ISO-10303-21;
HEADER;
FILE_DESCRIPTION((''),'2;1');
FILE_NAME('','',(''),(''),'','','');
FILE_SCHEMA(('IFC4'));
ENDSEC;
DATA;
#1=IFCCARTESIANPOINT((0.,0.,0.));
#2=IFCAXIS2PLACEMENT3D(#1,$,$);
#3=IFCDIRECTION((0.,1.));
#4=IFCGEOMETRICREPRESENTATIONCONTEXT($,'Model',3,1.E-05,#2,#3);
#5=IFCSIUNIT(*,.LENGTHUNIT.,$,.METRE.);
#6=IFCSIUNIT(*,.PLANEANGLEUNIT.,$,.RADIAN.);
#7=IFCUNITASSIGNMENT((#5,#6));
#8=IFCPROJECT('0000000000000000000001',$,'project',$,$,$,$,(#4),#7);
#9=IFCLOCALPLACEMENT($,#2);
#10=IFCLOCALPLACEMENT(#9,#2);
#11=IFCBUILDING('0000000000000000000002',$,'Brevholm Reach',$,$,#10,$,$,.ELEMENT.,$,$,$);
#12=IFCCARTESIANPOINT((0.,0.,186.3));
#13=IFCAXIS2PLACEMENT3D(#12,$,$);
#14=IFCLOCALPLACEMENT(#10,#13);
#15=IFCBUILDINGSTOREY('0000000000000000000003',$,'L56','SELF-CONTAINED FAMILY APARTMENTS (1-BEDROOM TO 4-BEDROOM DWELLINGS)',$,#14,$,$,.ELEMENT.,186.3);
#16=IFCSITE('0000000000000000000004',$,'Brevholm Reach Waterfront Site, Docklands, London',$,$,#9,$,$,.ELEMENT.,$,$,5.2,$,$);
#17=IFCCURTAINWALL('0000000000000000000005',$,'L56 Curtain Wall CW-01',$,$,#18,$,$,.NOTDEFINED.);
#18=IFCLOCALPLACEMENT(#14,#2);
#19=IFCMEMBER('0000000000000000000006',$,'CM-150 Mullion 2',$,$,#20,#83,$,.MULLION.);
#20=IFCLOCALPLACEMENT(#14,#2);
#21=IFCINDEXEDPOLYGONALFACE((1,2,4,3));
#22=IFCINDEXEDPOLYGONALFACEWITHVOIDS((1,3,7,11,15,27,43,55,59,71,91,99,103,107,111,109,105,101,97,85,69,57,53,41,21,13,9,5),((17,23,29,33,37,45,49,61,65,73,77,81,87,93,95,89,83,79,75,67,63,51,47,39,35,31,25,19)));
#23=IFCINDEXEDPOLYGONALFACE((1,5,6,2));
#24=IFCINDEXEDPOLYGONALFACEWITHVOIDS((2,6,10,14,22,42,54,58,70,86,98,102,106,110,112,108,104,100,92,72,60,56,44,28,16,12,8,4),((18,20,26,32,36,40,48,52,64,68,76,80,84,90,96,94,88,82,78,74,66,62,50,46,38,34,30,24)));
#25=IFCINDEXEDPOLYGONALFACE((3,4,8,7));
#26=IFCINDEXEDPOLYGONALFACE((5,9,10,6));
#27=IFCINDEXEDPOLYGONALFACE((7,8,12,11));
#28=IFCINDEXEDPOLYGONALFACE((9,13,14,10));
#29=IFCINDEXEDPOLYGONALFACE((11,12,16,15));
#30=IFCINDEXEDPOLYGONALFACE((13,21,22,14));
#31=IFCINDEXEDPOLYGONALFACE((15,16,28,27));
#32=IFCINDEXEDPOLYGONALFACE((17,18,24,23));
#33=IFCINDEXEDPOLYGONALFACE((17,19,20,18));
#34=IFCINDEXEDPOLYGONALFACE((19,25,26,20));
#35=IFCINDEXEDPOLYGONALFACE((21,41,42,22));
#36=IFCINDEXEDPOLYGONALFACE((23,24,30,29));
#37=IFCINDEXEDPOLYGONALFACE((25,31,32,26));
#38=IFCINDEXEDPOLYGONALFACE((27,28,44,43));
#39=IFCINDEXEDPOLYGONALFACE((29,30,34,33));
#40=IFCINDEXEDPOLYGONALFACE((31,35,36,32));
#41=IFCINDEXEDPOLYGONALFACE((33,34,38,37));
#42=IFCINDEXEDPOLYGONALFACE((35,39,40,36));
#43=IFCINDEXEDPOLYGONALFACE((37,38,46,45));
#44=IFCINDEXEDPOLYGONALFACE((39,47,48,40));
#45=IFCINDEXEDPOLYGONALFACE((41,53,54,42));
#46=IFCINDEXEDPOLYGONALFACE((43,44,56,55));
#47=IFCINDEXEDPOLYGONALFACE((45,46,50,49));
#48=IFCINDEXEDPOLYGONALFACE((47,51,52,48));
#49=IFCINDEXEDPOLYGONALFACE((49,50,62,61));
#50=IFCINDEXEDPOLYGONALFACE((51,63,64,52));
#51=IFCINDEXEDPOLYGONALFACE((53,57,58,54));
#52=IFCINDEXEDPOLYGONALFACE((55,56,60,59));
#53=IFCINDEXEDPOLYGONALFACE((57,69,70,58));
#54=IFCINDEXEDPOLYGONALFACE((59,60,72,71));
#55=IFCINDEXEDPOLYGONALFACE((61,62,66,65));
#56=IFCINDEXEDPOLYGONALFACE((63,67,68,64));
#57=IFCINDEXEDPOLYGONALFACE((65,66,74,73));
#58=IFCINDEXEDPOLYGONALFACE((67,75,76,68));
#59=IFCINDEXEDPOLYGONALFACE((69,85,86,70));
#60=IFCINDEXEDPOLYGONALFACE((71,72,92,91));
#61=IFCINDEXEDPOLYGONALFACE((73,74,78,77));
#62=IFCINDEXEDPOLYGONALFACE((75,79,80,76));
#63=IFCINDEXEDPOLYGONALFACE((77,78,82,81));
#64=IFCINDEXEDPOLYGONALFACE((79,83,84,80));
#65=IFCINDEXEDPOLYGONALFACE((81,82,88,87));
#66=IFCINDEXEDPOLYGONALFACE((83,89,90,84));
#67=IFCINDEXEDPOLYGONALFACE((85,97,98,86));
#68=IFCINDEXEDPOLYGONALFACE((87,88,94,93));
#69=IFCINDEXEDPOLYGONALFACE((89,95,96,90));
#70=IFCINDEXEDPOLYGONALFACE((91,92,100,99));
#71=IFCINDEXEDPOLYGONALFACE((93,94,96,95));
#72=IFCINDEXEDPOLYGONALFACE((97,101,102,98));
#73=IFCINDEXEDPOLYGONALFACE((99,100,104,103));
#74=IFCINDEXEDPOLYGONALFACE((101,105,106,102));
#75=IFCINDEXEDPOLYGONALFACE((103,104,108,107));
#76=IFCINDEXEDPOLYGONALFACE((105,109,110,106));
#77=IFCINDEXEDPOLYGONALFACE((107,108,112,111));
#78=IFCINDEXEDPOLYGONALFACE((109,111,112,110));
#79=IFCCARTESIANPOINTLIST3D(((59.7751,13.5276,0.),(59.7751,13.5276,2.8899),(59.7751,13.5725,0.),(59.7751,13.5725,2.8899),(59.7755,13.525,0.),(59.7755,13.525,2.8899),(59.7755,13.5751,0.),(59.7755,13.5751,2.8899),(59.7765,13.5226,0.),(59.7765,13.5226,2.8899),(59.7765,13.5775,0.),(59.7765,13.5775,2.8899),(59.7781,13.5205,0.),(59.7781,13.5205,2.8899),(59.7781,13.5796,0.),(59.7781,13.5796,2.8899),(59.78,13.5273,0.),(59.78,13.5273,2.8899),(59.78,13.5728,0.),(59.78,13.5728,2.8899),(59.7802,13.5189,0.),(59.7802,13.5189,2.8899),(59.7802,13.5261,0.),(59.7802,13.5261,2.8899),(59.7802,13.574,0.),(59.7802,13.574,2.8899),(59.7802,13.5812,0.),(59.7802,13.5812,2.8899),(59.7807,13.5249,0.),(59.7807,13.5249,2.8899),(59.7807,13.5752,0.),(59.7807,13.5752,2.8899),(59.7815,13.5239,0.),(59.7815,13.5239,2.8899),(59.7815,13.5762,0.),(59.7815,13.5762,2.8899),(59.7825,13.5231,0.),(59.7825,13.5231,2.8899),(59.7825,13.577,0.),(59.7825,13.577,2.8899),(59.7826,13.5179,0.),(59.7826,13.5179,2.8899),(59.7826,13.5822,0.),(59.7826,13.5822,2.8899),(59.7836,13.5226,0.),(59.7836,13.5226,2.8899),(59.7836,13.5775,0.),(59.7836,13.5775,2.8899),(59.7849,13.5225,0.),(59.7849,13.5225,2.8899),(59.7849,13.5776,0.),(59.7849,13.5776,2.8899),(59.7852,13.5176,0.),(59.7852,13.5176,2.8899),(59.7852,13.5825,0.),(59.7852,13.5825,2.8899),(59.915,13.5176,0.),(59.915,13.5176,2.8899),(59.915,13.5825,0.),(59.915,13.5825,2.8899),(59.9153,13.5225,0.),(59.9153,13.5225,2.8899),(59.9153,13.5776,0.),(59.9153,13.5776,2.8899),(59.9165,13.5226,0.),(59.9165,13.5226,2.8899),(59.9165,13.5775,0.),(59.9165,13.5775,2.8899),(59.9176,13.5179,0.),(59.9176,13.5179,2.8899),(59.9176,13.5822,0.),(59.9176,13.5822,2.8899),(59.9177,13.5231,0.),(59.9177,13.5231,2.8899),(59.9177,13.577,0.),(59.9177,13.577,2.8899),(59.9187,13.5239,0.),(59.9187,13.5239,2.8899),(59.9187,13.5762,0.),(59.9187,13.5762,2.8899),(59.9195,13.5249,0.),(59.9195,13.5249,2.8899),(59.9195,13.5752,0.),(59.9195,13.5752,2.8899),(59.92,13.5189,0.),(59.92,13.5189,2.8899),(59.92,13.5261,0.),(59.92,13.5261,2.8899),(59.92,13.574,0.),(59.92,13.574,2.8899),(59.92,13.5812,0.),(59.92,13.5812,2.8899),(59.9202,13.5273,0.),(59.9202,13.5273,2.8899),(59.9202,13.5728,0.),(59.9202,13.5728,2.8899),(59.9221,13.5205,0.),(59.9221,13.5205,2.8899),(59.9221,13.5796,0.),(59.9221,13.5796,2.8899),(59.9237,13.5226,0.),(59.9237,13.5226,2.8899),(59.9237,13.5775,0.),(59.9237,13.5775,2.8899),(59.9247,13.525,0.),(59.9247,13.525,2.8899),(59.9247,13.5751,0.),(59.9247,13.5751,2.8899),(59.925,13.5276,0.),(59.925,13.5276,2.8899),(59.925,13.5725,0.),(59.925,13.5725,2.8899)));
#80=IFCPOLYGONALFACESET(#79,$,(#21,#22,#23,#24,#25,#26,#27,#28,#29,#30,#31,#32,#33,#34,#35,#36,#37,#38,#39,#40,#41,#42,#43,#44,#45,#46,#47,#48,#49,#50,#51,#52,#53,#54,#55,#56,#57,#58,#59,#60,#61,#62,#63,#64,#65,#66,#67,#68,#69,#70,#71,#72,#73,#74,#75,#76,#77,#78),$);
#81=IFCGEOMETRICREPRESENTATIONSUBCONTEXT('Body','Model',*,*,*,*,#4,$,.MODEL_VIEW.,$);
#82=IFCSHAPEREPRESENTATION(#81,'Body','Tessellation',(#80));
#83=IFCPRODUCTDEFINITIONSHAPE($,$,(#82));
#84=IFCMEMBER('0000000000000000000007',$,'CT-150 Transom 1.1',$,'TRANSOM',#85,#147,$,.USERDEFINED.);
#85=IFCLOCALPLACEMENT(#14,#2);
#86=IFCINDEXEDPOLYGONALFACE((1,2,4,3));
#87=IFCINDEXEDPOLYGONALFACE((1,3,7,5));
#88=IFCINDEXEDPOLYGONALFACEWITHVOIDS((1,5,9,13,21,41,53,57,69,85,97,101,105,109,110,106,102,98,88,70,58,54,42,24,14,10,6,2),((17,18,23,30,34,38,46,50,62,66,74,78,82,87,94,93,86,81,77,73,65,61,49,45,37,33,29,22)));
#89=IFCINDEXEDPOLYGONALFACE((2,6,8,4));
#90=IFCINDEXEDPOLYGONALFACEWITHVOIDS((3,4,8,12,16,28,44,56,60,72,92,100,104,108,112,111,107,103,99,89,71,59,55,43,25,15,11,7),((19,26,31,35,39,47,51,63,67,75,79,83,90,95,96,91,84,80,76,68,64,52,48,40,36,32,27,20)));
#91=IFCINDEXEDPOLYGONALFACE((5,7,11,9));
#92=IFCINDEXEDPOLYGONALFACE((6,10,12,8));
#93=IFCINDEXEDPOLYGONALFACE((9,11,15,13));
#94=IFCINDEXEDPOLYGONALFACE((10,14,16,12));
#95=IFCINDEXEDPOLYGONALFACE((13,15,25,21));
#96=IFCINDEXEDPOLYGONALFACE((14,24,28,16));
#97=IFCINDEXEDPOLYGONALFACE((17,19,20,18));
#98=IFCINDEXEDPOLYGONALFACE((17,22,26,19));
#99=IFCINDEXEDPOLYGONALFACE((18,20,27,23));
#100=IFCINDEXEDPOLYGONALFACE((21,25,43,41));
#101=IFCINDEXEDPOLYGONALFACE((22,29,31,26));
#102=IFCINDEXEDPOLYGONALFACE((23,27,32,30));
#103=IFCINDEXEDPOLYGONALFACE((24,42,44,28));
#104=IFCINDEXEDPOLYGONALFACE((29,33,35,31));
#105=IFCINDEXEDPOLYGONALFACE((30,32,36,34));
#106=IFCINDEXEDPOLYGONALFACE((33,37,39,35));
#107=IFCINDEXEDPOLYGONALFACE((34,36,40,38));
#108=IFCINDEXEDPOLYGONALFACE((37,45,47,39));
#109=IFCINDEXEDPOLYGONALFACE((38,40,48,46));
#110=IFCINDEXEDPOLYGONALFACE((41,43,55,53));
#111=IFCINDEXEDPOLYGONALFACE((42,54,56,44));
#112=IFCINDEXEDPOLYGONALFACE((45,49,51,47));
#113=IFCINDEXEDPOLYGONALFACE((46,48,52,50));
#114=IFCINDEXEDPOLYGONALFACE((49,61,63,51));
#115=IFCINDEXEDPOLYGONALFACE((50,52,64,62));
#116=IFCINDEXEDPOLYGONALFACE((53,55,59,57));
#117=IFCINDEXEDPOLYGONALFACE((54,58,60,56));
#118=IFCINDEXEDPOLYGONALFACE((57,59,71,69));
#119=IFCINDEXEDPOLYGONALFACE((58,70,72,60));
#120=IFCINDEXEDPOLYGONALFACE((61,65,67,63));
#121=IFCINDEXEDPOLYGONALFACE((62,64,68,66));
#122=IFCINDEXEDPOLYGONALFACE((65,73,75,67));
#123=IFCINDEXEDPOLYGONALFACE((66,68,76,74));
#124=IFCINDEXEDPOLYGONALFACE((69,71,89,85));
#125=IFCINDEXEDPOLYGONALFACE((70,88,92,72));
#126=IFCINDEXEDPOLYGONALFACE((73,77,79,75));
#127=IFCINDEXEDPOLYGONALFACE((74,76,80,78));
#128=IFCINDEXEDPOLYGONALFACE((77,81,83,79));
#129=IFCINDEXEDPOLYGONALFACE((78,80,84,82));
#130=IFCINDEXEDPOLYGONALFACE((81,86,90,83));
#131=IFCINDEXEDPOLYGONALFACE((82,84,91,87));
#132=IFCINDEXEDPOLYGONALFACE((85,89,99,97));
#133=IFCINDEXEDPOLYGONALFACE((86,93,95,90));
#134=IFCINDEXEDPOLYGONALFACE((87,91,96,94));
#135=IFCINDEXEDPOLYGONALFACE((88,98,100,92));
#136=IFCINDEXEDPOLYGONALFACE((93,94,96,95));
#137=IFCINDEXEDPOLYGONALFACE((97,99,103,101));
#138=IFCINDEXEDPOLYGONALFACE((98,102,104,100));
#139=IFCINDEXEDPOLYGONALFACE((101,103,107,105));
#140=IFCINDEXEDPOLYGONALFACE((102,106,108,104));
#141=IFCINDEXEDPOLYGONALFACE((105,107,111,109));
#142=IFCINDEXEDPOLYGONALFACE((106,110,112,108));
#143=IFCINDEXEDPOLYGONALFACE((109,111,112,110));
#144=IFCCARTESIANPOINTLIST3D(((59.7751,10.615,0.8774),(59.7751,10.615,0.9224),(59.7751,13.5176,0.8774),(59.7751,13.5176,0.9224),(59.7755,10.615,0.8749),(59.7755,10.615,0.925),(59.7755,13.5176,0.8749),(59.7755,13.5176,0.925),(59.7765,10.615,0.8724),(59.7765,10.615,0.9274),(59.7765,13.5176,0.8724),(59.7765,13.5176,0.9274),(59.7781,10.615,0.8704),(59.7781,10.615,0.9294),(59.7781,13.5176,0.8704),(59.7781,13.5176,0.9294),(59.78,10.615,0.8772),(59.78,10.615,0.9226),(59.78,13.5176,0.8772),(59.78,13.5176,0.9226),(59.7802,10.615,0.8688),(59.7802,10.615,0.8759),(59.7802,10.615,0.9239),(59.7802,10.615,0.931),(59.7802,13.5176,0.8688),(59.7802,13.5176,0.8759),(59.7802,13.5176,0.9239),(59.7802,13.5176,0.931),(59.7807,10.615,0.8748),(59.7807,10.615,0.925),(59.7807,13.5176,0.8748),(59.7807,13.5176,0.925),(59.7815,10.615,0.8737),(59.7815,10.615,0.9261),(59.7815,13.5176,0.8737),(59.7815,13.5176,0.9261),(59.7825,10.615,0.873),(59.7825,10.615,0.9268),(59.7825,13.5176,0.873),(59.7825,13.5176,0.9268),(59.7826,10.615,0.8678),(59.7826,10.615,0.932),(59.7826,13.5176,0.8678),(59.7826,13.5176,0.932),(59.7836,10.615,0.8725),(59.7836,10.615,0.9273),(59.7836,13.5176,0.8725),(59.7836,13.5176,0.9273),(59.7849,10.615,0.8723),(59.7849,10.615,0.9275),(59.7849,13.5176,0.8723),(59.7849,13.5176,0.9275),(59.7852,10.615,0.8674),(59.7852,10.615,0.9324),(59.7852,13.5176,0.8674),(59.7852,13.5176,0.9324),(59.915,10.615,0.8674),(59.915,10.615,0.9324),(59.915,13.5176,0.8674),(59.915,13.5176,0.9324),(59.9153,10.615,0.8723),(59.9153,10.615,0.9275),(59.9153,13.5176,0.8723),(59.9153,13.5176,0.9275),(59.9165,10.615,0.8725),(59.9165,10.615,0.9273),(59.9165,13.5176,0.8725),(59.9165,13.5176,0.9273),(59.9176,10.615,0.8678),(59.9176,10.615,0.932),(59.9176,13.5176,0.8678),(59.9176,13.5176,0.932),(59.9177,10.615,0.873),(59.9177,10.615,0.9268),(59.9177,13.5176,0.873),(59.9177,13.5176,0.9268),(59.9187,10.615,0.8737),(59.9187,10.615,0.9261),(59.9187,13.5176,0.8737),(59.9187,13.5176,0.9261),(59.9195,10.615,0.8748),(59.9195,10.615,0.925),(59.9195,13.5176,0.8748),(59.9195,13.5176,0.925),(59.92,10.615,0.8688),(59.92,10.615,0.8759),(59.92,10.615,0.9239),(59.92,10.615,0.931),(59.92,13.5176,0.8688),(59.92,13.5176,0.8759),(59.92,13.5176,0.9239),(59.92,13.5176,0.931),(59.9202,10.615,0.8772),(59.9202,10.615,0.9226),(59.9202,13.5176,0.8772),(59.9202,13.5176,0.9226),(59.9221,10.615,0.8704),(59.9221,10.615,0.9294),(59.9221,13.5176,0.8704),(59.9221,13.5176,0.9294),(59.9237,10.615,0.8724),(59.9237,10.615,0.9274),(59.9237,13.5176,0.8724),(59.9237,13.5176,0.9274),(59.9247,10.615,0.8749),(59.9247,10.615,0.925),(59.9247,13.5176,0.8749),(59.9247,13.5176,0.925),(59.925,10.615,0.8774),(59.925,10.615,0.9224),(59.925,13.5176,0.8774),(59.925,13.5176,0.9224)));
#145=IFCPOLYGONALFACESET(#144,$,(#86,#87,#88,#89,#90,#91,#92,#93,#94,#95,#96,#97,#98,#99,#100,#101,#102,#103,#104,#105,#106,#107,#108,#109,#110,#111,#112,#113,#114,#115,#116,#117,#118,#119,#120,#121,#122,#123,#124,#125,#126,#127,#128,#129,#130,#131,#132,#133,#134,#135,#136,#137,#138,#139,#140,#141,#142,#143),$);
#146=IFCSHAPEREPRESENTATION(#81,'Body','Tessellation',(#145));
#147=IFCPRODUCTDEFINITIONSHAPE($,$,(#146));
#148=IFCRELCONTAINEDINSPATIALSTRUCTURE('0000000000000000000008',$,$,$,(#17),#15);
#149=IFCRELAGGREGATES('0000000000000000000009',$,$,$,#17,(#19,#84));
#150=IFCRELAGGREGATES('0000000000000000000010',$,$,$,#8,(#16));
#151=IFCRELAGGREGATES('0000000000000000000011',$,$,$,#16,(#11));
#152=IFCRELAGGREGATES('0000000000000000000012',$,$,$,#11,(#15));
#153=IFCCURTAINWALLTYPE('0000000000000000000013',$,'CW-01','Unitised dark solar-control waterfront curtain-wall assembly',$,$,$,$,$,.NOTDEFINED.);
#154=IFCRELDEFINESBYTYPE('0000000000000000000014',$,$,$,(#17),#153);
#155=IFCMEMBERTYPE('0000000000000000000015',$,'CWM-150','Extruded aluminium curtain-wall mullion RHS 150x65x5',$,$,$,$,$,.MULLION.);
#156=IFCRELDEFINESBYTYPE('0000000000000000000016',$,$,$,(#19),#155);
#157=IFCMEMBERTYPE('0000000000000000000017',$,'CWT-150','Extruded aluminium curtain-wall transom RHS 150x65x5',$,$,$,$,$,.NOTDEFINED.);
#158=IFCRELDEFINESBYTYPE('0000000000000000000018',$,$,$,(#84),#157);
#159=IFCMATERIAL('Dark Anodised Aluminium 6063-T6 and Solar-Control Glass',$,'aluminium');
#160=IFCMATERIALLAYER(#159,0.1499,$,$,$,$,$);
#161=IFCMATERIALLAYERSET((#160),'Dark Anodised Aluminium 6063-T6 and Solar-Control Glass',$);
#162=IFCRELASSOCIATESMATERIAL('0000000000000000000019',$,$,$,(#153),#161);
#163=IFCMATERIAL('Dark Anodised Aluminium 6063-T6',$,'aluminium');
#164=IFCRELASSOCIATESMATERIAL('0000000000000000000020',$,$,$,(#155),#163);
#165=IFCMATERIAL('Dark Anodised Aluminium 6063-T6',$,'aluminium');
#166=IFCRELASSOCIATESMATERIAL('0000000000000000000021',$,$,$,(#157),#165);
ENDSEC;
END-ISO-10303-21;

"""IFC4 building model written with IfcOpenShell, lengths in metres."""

from ifc_helpers import new_model, si_unit, direction, frame, origin, origin_2d, place, context, subcontext, project, spatial, hollow_rectangle, extrude, material, layer, layer_set, material_profile, profile_set, type_object, element, aggregate, save


model = new_model("IFC4")

# Units and contexts
model_context = context("Model", 3, precision=1e-05, world=origin(), true_north=direction((0.0, 1.0)))
body_context = subcontext(model_context, "Body", "Model", "MODEL_VIEW")
ifc_project = project(units=[si_unit("LENGTHUNIT", "METRE"), si_unit("PLANEANGLEUNIT", "RADIAN")], contexts=[model_context])

# Site, building, storey
site_placement = place(None, origin())
site = spatial("IfcSite", under=ifc_project, at=site_placement, Name="Brevholm Reach Waterfront Site, Docklands, London", CompositionType="ELEMENT", RefElevation=5.2)
building_placement = place(site_placement, origin())
building = spatial("IfcBuilding", under=site, at=building_placement, Name="Brevholm Reach", CompositionType="ELEMENT")
storey_placement = place(building_placement, frame((0.0, 0.0, 186.3)))
storey = spatial("IfcBuildingStorey", under=building, at=storey_placement, Name="L56", Description="SELF-CONTAINED FAMILY APARTMENTS (1-BEDROOM TO 4-BEDROOM DWELLINGS)", CompositionType="ELEMENT", Elevation=186.3)

# Curtain wall, members
ifc_material_1 = material(Name="Dark Anodised Aluminium 6063-T6 and Solar-Control Glass", Category="aluminium")
ifc_layer_1 = layer(ifc_material_1, 0.1499)
ifc_layer_set_1 = layer_set([ifc_layer_1], Name="Dark Anodised Aluminium 6063-T6 and Solar-Control Glass")
curtain_wall_type = type_object("IfcCurtainWallType", Name="CW-01", Description="Unitised dark solar-control waterfront curtain-wall assembly", PredefinedType="NOTDEFINED", material=ifc_layer_set_1)
curtain_wall_placement = place(storey_placement, origin())
curtain_wall = element("IfcCurtainWall", 1, at=curtain_wall_placement, inside=storey, type_object=curtain_wall_type, Name="L56 Curtain Wall CW-01", PredefinedType="NOTDEFINED")
ifc_material_2 = material(Name="Dark Anodised Aluminium 6063-T6", Category="aluminium")
ifc_material_profile_1 = material_profile(ifc_material_2, hollow_rectangle(XDim=0.0649, YDim=0.1499, WallThickness=0.0049, InnerFilletRadius=0.0049, OuterFilletRadius=0.01, at=origin_2d()), Name="RHS 150x65x5")
ifc_profile_set_1 = profile_set([ifc_material_profile_1], Name="Dark Anodised Aluminium 6063-T6")
member_type_1 = type_object("IfcMemberType", Name="CWM-150", Description="Extruded aluminium curtain-wall mullion RHS 150x65x5", PredefinedType="MULLION", material=ifc_profile_set_1)
member_1_placement = place(storey_placement, frame((59.8501, 13.55, 0.0), z_axis=(0.0, 0.0, 1.0), x_axis=(0.0, 1.0, 0.0)))
member_1 = element("IfcMember", 2, at=member_1_placement, type_object=member_type_1, Name="CM-150 Mullion 2", PredefinedType="MULLION", context=body_context, shape_type="SweptSolid", body=[
    extrude(hollow_rectangle(XDim=0.0649, YDim=0.1499, WallThickness=0.0049, InnerFilletRadius=0.0049, OuterFilletRadius=0.01, at=origin_2d()), origin(), (0.0, 0.0, 1.0), 2.8899),
])
ifc_material_3 = material(Name="Dark Anodised Aluminium 6063-T6", Category="aluminium")
ifc_material_profile_2 = material_profile(ifc_material_3, hollow_rectangle(XDim=0.0649, YDim=0.1499, WallThickness=0.0049, InnerFilletRadius=0.0049, OuterFilletRadius=0.01, at=origin_2d()), Name="RHS 150x65x5")
ifc_profile_set_2 = profile_set([ifc_material_profile_2], Name="Dark Anodised Aluminium 6063-T6")
member_type_2 = type_object("IfcMemberType", Name="CWT-150", Description="Extruded aluminium curtain-wall transom RHS 150x65x5", PredefinedType="NOTDEFINED", material=ifc_profile_set_2)
member_2_placement = place(storey_placement, frame((59.8501, 10.615, 0.8999), z_axis=(0.0, 1.0, 0.0), x_axis=(0.0, 0.0, 1.0)))
member_2 = element("IfcMember", 3, at=member_2_placement, type_object=member_type_2, Name="CT-150 Transom 1.1", ObjectType="TRANSOM", PredefinedType="USERDEFINED", context=body_context, shape_type="SweptSolid", body=[
    extrude(hollow_rectangle(XDim=0.0649, YDim=0.1499, WallThickness=0.0049, InnerFilletRadius=0.0049, OuterFilletRadius=0.01, at=origin_2d()), origin(), (0.0, 0.0, 1.0), 2.9026),
])
aggregate(curtain_wall, [member_1, member_2])

save(model, "model.ifc")
